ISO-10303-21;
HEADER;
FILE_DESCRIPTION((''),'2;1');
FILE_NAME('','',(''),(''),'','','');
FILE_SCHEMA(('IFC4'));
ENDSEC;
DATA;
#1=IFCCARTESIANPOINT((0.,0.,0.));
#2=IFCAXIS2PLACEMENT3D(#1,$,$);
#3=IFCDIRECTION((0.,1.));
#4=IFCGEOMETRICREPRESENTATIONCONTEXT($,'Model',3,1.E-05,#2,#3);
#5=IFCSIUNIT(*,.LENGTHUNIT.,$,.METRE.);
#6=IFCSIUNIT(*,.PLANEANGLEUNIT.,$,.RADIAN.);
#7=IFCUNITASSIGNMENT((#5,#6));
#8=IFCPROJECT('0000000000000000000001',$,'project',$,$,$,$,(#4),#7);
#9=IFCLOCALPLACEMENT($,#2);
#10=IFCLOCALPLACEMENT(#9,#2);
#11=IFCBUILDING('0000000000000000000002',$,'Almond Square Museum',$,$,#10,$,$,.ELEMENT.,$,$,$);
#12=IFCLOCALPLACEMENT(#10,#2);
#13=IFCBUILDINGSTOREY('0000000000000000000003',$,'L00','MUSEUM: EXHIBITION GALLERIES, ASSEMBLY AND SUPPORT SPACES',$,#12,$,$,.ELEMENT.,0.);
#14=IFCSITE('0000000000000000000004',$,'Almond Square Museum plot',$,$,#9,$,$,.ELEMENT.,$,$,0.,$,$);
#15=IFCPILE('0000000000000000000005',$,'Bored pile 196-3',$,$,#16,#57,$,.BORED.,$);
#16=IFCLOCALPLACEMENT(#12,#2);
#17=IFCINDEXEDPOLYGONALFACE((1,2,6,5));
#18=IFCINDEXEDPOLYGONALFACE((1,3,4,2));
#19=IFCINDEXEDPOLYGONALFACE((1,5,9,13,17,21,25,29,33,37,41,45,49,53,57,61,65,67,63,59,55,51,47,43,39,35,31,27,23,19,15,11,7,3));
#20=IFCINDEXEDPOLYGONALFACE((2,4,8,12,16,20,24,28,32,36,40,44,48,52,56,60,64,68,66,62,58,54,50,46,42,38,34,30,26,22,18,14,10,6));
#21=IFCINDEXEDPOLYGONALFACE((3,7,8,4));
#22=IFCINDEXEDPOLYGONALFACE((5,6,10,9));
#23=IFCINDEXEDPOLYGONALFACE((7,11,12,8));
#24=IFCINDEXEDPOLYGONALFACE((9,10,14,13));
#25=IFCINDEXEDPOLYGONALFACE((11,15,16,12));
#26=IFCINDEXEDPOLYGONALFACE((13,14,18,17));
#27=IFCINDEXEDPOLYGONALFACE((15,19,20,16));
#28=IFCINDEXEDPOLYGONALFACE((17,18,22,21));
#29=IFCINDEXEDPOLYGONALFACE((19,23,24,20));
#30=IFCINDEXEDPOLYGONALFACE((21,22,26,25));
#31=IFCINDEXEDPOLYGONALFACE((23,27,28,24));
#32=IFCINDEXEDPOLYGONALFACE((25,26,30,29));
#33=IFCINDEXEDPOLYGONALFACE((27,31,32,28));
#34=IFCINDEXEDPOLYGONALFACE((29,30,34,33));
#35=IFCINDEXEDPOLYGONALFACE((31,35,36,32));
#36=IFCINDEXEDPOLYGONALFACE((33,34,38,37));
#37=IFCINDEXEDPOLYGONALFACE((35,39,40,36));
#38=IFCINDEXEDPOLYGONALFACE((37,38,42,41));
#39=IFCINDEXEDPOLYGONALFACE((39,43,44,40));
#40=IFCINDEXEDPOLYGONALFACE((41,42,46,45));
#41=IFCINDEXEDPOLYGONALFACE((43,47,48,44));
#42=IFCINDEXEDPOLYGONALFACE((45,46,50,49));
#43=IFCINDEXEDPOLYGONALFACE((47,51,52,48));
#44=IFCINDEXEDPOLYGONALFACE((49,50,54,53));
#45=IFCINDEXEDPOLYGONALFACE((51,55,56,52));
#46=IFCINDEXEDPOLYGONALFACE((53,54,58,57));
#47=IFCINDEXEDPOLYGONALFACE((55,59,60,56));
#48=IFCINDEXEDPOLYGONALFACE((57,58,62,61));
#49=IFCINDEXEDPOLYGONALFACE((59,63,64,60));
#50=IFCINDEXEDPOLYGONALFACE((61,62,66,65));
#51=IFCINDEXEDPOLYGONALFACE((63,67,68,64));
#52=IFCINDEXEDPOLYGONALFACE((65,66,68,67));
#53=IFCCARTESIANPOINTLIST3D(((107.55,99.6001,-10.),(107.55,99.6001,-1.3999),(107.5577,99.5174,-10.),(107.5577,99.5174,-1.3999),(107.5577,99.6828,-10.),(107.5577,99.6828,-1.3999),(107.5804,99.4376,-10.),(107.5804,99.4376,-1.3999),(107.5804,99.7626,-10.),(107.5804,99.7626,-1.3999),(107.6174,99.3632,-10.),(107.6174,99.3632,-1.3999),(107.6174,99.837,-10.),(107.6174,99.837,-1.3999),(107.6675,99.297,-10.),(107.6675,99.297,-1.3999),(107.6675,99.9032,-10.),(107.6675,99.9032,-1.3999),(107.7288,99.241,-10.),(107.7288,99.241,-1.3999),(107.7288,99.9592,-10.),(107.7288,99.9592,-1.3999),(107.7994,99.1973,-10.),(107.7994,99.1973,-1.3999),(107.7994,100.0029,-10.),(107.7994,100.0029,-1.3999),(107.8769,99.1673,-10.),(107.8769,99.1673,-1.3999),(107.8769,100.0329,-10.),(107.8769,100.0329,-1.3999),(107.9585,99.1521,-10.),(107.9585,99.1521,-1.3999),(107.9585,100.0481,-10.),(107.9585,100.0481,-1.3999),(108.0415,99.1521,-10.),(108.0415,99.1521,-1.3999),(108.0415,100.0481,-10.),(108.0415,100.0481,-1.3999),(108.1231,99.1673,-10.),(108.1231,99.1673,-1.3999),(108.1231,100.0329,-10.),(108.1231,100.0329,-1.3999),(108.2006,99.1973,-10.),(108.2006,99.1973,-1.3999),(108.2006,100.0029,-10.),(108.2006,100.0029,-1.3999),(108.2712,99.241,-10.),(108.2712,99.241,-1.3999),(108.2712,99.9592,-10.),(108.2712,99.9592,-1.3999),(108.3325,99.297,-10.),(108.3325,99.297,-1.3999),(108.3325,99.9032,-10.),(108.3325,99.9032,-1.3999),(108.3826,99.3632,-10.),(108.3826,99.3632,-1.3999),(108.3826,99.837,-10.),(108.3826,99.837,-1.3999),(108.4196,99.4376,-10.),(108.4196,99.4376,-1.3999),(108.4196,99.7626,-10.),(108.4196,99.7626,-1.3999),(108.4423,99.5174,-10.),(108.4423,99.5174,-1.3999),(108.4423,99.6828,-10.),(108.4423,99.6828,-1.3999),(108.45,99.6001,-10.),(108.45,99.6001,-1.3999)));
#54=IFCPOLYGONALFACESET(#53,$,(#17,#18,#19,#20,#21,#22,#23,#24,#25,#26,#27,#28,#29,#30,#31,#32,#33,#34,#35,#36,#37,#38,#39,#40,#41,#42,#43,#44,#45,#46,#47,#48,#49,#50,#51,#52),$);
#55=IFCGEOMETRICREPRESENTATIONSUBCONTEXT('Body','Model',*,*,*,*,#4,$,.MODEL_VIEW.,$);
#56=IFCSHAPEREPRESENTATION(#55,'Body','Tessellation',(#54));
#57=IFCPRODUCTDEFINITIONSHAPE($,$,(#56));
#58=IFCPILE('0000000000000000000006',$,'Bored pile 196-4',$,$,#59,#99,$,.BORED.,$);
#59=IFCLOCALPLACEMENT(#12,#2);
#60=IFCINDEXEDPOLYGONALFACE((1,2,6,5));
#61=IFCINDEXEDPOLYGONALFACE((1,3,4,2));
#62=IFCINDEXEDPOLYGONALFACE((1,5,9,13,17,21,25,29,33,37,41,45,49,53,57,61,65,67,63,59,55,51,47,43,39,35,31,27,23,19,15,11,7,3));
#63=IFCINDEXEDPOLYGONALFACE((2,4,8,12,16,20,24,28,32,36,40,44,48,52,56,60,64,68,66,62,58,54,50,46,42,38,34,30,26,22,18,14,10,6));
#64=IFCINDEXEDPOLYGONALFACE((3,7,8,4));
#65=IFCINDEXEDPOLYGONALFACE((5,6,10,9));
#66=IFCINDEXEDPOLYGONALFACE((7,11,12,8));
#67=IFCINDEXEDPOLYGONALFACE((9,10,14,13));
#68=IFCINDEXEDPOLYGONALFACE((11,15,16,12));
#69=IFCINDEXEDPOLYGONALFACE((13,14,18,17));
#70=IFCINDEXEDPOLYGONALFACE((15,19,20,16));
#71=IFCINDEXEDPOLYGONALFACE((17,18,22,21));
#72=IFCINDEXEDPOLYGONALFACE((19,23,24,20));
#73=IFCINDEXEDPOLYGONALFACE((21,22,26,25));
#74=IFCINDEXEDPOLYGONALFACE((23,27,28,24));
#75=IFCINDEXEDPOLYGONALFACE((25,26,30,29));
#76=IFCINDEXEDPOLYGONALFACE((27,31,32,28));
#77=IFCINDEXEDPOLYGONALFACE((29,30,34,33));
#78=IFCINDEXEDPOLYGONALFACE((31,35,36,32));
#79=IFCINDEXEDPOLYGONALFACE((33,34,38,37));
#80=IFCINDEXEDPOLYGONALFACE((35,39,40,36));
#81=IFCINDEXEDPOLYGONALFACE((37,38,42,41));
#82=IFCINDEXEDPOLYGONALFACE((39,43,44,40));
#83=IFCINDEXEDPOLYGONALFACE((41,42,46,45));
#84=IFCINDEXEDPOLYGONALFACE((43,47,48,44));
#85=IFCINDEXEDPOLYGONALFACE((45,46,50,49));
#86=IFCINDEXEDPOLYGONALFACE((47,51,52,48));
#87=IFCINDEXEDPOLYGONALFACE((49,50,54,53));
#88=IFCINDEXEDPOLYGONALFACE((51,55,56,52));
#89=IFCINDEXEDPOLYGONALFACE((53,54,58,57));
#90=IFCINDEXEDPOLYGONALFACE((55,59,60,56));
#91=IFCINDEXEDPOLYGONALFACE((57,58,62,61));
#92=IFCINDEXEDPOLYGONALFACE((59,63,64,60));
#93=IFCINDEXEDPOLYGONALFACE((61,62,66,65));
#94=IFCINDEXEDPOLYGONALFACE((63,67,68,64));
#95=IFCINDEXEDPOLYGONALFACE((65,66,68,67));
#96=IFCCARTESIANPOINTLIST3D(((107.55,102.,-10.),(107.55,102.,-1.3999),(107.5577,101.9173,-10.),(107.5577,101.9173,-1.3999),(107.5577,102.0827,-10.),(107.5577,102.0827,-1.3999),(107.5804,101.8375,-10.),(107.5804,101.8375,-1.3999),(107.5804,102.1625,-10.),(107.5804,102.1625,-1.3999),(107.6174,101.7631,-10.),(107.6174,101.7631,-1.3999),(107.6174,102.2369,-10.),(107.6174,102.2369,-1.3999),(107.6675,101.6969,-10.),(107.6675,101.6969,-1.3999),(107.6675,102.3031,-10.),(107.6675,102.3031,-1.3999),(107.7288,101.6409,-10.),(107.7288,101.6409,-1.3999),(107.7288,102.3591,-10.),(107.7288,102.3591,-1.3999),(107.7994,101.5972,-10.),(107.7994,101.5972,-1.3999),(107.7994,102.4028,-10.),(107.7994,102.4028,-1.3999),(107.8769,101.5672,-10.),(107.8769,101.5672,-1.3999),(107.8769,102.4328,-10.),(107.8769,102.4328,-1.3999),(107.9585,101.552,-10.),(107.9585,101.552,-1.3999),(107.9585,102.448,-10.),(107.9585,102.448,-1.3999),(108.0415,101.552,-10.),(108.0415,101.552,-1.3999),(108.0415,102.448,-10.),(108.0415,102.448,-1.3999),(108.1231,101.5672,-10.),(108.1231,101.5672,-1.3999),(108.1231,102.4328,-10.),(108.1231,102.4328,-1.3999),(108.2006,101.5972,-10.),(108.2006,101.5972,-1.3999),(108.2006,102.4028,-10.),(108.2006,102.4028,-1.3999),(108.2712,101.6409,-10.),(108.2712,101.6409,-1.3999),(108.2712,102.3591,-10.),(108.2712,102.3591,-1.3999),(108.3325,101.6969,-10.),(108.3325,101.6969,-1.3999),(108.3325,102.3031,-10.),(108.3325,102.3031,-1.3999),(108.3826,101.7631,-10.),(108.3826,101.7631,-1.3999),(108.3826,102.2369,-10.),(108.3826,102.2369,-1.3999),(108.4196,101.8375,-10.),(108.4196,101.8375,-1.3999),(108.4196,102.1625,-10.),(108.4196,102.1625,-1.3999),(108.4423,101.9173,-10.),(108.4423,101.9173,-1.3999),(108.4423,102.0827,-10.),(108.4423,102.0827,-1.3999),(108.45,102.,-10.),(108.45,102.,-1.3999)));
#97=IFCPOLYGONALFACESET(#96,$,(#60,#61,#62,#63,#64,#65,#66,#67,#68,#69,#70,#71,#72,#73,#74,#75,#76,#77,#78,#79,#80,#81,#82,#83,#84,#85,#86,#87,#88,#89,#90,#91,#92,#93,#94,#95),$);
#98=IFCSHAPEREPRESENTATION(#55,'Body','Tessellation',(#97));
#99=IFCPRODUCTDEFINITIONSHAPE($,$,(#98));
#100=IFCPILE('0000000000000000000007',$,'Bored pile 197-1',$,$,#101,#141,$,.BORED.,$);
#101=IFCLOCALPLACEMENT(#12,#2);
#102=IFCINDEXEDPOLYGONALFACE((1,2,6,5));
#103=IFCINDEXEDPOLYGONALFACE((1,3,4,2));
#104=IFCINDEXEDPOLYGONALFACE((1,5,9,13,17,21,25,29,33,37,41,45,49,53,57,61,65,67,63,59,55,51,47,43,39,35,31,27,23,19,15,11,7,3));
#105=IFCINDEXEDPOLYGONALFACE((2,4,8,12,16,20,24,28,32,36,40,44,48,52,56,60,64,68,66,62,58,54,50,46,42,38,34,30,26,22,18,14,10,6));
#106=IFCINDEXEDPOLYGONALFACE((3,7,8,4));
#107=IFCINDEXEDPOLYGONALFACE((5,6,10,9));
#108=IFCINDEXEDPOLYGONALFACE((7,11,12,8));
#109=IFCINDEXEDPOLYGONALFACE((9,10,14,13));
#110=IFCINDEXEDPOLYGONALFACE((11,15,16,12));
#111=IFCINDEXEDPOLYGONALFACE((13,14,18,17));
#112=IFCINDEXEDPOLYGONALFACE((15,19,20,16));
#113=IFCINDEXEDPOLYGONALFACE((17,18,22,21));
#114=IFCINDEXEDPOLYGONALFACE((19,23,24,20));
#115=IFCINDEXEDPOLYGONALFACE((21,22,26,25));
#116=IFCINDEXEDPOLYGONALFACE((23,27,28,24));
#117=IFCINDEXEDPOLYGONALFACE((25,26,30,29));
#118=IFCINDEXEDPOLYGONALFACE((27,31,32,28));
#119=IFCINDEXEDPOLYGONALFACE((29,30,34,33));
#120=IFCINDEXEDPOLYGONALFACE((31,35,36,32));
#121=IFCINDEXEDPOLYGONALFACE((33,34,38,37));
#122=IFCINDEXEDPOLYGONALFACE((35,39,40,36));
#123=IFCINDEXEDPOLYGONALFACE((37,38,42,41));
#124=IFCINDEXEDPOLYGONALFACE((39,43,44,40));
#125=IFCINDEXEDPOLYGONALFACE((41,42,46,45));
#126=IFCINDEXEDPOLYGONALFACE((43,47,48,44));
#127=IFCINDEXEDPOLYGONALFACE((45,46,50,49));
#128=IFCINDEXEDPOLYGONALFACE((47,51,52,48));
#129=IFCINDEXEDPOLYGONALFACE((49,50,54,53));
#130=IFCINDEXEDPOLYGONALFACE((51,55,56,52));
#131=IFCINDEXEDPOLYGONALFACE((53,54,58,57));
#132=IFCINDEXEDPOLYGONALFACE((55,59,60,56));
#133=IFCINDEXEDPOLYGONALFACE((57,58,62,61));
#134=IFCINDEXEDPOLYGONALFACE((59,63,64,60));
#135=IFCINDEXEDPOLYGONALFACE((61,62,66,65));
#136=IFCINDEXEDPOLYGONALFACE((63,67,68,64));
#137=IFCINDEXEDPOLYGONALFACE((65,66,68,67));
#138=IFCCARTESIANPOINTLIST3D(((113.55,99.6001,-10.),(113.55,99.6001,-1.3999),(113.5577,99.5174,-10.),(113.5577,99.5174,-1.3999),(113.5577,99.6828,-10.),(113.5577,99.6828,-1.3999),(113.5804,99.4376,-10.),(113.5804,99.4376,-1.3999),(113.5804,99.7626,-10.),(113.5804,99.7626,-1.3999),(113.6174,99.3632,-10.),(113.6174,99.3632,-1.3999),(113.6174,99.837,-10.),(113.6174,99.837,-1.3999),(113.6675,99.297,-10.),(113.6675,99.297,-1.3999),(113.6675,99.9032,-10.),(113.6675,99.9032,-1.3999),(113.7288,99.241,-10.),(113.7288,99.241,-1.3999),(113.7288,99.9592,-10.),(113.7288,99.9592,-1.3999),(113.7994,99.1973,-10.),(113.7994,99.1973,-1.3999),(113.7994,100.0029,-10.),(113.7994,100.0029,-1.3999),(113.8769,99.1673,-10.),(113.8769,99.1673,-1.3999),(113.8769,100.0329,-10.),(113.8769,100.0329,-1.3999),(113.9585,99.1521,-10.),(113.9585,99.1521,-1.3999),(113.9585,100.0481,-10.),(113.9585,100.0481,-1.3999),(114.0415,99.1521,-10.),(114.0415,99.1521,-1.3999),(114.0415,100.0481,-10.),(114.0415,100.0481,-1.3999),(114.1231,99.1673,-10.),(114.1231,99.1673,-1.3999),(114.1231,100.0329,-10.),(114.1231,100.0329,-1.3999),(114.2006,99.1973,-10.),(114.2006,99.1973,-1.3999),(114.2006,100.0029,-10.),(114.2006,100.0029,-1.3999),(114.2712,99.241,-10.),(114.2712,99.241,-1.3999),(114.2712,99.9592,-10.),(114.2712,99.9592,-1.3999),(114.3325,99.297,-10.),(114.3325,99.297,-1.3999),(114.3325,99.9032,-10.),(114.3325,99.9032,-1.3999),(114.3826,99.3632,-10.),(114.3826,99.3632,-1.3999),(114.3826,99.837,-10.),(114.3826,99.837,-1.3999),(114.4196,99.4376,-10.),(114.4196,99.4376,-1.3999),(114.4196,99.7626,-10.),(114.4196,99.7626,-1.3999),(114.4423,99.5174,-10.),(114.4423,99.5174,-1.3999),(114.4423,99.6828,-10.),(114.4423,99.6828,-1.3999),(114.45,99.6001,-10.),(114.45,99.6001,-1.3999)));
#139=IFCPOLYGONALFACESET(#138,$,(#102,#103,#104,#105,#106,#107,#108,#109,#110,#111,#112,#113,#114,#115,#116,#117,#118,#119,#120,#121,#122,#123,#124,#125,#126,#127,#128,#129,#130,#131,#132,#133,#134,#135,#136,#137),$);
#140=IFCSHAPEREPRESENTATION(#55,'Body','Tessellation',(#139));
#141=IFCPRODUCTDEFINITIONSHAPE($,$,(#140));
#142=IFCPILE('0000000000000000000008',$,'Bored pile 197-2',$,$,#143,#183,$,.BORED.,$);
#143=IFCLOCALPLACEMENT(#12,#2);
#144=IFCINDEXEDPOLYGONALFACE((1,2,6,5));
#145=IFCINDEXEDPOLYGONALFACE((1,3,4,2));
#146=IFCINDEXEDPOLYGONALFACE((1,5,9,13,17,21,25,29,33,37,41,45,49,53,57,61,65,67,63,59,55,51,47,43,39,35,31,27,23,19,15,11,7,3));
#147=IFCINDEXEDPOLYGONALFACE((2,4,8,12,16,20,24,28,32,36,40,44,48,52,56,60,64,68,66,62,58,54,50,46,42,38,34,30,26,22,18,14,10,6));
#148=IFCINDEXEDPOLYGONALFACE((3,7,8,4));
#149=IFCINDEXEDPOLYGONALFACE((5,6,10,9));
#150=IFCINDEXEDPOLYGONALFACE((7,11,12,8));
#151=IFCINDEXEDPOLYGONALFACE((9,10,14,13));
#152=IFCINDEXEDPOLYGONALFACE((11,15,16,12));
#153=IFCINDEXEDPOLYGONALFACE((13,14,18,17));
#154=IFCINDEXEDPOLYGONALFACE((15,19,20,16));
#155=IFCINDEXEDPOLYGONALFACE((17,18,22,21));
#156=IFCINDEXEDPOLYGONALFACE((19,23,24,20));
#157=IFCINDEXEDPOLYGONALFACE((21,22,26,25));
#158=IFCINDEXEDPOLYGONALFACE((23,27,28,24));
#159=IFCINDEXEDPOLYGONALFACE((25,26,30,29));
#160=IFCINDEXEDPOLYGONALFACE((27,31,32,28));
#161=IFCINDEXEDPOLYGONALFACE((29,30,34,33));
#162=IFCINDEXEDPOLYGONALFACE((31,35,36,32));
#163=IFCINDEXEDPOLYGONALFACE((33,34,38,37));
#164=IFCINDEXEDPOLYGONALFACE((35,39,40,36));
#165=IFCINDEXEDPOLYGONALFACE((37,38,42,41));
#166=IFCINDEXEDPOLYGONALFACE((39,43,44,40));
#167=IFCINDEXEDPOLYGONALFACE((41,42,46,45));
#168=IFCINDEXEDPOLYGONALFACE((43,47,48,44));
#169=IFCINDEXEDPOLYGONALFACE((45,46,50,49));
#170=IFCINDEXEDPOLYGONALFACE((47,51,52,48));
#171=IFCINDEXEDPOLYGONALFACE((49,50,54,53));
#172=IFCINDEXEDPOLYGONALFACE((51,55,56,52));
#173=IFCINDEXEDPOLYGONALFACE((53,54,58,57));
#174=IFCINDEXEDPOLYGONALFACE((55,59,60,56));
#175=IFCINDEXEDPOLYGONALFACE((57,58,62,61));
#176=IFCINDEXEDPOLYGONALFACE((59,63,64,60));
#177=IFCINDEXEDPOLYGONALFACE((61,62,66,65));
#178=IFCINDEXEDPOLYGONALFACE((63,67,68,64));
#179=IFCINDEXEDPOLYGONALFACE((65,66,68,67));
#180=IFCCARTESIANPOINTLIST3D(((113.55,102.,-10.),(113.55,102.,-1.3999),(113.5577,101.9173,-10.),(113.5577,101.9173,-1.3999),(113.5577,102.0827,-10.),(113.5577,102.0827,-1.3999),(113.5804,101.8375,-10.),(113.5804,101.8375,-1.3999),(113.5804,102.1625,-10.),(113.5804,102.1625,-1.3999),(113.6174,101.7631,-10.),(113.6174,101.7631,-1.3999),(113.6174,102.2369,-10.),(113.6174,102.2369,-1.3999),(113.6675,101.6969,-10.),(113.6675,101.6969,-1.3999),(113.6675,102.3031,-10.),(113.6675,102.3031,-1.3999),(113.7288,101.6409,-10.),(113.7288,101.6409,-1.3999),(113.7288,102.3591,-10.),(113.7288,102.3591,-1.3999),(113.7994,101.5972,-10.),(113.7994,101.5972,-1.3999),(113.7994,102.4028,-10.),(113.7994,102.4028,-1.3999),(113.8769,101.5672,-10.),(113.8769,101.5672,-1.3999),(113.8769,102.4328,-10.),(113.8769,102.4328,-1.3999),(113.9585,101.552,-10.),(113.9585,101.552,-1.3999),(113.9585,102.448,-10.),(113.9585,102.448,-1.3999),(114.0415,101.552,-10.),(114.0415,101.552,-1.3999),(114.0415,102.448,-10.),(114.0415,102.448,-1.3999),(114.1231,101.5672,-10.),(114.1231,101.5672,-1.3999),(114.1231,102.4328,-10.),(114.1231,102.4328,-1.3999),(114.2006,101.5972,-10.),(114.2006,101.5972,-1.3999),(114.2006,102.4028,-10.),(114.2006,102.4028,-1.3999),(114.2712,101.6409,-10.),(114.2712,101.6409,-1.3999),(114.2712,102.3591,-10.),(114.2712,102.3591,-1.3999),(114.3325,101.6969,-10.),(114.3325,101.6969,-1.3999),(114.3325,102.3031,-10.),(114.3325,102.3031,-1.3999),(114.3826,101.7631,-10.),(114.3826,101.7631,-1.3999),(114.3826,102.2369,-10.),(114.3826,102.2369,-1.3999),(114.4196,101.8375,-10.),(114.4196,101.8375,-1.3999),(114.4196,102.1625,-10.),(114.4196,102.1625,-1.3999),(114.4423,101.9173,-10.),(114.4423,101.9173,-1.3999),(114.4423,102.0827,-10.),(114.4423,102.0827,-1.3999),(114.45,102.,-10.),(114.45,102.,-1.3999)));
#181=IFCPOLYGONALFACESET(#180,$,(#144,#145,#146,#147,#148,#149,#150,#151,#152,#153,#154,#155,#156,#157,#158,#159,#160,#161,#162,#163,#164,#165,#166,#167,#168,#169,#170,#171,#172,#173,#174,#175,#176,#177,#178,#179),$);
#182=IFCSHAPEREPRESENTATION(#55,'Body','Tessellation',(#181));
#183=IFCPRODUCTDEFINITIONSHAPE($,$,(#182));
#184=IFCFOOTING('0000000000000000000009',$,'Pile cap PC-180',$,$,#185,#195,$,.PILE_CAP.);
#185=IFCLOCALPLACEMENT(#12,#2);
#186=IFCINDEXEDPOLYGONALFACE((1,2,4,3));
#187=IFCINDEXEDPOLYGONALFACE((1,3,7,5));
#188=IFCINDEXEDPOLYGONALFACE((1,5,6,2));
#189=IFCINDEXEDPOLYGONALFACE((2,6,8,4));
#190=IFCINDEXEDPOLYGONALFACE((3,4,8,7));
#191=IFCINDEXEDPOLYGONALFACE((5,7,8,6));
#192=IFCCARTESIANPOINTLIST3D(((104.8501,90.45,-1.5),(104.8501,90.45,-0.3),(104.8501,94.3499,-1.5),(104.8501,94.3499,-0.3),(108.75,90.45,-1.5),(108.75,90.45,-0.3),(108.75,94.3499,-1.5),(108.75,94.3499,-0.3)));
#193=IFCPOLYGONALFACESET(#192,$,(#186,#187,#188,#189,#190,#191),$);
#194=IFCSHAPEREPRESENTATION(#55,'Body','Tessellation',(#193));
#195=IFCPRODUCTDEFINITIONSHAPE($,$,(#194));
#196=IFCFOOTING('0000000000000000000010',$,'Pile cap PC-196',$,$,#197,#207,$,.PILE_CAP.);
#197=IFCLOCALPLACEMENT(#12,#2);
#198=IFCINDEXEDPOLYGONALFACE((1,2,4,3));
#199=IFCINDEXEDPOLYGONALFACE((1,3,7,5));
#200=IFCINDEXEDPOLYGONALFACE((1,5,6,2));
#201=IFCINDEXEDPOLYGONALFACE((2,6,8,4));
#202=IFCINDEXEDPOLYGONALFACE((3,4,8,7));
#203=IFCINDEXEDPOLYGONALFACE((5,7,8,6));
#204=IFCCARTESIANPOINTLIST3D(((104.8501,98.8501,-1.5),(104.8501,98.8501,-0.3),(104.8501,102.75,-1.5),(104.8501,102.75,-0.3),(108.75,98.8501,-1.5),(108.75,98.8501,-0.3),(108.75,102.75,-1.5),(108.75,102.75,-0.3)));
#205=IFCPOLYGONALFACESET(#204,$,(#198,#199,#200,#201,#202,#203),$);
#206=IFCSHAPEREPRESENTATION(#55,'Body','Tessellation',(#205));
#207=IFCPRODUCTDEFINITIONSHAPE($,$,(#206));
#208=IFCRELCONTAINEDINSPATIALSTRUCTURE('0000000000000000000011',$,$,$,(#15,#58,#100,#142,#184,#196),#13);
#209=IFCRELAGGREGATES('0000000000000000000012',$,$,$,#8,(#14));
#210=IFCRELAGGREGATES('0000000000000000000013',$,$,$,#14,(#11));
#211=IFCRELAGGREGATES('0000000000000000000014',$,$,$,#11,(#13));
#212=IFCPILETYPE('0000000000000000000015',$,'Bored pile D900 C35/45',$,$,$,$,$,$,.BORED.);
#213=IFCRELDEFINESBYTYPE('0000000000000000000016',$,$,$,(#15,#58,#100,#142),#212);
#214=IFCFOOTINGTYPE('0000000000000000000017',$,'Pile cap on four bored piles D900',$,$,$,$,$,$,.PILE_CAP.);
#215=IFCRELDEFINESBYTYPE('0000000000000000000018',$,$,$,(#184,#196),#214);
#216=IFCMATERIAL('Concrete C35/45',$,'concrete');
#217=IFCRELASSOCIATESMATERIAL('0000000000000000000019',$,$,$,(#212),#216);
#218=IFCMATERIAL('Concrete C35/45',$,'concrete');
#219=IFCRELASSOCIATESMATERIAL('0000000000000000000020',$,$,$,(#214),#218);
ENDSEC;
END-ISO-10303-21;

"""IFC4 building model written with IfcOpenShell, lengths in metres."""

from ifc_helpers import new_model, si_unit, direction, frame, origin, origin_2d, place, context, subcontext, project, spatial, rectangle, circle, extrude, material, material_profile, profile_set, type_object, element, save


model = new_model("IFC4")

# Units and contexts
model_context = context("Model", 3, precision=1e-05, world=origin(), true_north=direction((0.0, 1.0)))
body_context = subcontext(model_context, "Body", "Model", "MODEL_VIEW")
ifc_project = project(units=[si_unit("LENGTHUNIT", "METRE"), si_unit("PLANEANGLEUNIT", "RADIAN")], contexts=[model_context])

# Site, building, storey
site_placement = place(None, origin())
site = spatial("IfcSite", under=ifc_project, at=site_placement, Name="Almond Square Museum plot", CompositionType="ELEMENT", RefElevation=0.0)
building_placement = place(site_placement, origin())
building = spatial("IfcBuilding", under=site, at=building_placement, Name="Almond Square Museum", CompositionType="ELEMENT")
storey_placement = place(building_placement, origin())
storey = spatial("IfcBuildingStorey", under=building, at=storey_placement, Name="L00", Description="MUSEUM: EXHIBITION GALLERIES, ASSEMBLY AND SUPPORT SPACES", CompositionType="ELEMENT", Elevation=0.0)

# Piles
ifc_material_1 = material(Name="Concrete C35/45", Category="concrete")
ifc_material_profile_1 = material_profile(ifc_material_1, circle(Radius=0.45, at=origin_2d()))
ifc_profile_set_1 = profile_set([ifc_material_profile_1], Name="Concrete C35/45")
pile_type = type_object("IfcPileType", Name="Bored pile D900 C35/45", PredefinedType="BORED", material=ifc_profile_set_1)
for number, where, z_axis, x_axis, name in (
    (1, (108.0, 99.6001, -1.3999), (0.0, 0.0, -1.0), (1.0, 0.0, 0.0), "Bored pile 196-3"),
    (2, (108.0, 102.0, -1.3999), (0.0, 0.0, -1.0), (1.0, 0.0, 0.0), "Bored pile 196-4"),
    (3, (114.0, 99.6001, -1.3999), (0.0, 0.0, -1.0), (1.0, 0.0, 0.0), "Bored pile 197-1"),
    (4, (114.0, 102.0, -1.3999), (0.0, 0.0, -1.0), (1.0, 0.0, 0.0), "Bored pile 197-2"),
):
    element("IfcPile", number, at=place(storey_placement, frame(where, z_axis=z_axis, x_axis=x_axis)), inside=storey, type_object=pile_type, Name=name, PredefinedType="BORED", context=body_context, shape_type="SweptSolid", body=[
        extrude(circle(Radius=0.45, at=origin_2d()), origin(), (0.0, 0.0, 1.0), 8.6001),
    ])

# Footings
ifc_material_2 = material(Name="Concrete C35/45", Category="concrete")
footing_type = type_object("IfcFootingType", Name="Pile cap on four bored piles D900", PredefinedType="PILE_CAP", material=ifc_material_2)
for number, where, z_axis, x_axis, name in (
    (5, (106.8, 92.3999, -1.5), (0.0, 0.0, 1.0), (1.0, 0.0, 0.0), "Pile cap PC-180"),
    (6, (106.8, 100.8, -1.5), (0.0, 0.0, 1.0), (1.0, 0.0, 0.0), "Pile cap PC-196"),
):
    element("IfcFooting", number, at=place(storey_placement, frame(where, z_axis=z_axis, x_axis=x_axis)), inside=storey, type_object=footing_type, Name=name, PredefinedType="PILE_CAP", context=body_context, shape_type="SweptSolid", body=[
        extrude(rectangle(XDim=3.8999, YDim=3.8999, at=origin_2d()), origin(), (0.0, 0.0, 1.0), 1.2),
    ])

save(model, "model.ifc")
